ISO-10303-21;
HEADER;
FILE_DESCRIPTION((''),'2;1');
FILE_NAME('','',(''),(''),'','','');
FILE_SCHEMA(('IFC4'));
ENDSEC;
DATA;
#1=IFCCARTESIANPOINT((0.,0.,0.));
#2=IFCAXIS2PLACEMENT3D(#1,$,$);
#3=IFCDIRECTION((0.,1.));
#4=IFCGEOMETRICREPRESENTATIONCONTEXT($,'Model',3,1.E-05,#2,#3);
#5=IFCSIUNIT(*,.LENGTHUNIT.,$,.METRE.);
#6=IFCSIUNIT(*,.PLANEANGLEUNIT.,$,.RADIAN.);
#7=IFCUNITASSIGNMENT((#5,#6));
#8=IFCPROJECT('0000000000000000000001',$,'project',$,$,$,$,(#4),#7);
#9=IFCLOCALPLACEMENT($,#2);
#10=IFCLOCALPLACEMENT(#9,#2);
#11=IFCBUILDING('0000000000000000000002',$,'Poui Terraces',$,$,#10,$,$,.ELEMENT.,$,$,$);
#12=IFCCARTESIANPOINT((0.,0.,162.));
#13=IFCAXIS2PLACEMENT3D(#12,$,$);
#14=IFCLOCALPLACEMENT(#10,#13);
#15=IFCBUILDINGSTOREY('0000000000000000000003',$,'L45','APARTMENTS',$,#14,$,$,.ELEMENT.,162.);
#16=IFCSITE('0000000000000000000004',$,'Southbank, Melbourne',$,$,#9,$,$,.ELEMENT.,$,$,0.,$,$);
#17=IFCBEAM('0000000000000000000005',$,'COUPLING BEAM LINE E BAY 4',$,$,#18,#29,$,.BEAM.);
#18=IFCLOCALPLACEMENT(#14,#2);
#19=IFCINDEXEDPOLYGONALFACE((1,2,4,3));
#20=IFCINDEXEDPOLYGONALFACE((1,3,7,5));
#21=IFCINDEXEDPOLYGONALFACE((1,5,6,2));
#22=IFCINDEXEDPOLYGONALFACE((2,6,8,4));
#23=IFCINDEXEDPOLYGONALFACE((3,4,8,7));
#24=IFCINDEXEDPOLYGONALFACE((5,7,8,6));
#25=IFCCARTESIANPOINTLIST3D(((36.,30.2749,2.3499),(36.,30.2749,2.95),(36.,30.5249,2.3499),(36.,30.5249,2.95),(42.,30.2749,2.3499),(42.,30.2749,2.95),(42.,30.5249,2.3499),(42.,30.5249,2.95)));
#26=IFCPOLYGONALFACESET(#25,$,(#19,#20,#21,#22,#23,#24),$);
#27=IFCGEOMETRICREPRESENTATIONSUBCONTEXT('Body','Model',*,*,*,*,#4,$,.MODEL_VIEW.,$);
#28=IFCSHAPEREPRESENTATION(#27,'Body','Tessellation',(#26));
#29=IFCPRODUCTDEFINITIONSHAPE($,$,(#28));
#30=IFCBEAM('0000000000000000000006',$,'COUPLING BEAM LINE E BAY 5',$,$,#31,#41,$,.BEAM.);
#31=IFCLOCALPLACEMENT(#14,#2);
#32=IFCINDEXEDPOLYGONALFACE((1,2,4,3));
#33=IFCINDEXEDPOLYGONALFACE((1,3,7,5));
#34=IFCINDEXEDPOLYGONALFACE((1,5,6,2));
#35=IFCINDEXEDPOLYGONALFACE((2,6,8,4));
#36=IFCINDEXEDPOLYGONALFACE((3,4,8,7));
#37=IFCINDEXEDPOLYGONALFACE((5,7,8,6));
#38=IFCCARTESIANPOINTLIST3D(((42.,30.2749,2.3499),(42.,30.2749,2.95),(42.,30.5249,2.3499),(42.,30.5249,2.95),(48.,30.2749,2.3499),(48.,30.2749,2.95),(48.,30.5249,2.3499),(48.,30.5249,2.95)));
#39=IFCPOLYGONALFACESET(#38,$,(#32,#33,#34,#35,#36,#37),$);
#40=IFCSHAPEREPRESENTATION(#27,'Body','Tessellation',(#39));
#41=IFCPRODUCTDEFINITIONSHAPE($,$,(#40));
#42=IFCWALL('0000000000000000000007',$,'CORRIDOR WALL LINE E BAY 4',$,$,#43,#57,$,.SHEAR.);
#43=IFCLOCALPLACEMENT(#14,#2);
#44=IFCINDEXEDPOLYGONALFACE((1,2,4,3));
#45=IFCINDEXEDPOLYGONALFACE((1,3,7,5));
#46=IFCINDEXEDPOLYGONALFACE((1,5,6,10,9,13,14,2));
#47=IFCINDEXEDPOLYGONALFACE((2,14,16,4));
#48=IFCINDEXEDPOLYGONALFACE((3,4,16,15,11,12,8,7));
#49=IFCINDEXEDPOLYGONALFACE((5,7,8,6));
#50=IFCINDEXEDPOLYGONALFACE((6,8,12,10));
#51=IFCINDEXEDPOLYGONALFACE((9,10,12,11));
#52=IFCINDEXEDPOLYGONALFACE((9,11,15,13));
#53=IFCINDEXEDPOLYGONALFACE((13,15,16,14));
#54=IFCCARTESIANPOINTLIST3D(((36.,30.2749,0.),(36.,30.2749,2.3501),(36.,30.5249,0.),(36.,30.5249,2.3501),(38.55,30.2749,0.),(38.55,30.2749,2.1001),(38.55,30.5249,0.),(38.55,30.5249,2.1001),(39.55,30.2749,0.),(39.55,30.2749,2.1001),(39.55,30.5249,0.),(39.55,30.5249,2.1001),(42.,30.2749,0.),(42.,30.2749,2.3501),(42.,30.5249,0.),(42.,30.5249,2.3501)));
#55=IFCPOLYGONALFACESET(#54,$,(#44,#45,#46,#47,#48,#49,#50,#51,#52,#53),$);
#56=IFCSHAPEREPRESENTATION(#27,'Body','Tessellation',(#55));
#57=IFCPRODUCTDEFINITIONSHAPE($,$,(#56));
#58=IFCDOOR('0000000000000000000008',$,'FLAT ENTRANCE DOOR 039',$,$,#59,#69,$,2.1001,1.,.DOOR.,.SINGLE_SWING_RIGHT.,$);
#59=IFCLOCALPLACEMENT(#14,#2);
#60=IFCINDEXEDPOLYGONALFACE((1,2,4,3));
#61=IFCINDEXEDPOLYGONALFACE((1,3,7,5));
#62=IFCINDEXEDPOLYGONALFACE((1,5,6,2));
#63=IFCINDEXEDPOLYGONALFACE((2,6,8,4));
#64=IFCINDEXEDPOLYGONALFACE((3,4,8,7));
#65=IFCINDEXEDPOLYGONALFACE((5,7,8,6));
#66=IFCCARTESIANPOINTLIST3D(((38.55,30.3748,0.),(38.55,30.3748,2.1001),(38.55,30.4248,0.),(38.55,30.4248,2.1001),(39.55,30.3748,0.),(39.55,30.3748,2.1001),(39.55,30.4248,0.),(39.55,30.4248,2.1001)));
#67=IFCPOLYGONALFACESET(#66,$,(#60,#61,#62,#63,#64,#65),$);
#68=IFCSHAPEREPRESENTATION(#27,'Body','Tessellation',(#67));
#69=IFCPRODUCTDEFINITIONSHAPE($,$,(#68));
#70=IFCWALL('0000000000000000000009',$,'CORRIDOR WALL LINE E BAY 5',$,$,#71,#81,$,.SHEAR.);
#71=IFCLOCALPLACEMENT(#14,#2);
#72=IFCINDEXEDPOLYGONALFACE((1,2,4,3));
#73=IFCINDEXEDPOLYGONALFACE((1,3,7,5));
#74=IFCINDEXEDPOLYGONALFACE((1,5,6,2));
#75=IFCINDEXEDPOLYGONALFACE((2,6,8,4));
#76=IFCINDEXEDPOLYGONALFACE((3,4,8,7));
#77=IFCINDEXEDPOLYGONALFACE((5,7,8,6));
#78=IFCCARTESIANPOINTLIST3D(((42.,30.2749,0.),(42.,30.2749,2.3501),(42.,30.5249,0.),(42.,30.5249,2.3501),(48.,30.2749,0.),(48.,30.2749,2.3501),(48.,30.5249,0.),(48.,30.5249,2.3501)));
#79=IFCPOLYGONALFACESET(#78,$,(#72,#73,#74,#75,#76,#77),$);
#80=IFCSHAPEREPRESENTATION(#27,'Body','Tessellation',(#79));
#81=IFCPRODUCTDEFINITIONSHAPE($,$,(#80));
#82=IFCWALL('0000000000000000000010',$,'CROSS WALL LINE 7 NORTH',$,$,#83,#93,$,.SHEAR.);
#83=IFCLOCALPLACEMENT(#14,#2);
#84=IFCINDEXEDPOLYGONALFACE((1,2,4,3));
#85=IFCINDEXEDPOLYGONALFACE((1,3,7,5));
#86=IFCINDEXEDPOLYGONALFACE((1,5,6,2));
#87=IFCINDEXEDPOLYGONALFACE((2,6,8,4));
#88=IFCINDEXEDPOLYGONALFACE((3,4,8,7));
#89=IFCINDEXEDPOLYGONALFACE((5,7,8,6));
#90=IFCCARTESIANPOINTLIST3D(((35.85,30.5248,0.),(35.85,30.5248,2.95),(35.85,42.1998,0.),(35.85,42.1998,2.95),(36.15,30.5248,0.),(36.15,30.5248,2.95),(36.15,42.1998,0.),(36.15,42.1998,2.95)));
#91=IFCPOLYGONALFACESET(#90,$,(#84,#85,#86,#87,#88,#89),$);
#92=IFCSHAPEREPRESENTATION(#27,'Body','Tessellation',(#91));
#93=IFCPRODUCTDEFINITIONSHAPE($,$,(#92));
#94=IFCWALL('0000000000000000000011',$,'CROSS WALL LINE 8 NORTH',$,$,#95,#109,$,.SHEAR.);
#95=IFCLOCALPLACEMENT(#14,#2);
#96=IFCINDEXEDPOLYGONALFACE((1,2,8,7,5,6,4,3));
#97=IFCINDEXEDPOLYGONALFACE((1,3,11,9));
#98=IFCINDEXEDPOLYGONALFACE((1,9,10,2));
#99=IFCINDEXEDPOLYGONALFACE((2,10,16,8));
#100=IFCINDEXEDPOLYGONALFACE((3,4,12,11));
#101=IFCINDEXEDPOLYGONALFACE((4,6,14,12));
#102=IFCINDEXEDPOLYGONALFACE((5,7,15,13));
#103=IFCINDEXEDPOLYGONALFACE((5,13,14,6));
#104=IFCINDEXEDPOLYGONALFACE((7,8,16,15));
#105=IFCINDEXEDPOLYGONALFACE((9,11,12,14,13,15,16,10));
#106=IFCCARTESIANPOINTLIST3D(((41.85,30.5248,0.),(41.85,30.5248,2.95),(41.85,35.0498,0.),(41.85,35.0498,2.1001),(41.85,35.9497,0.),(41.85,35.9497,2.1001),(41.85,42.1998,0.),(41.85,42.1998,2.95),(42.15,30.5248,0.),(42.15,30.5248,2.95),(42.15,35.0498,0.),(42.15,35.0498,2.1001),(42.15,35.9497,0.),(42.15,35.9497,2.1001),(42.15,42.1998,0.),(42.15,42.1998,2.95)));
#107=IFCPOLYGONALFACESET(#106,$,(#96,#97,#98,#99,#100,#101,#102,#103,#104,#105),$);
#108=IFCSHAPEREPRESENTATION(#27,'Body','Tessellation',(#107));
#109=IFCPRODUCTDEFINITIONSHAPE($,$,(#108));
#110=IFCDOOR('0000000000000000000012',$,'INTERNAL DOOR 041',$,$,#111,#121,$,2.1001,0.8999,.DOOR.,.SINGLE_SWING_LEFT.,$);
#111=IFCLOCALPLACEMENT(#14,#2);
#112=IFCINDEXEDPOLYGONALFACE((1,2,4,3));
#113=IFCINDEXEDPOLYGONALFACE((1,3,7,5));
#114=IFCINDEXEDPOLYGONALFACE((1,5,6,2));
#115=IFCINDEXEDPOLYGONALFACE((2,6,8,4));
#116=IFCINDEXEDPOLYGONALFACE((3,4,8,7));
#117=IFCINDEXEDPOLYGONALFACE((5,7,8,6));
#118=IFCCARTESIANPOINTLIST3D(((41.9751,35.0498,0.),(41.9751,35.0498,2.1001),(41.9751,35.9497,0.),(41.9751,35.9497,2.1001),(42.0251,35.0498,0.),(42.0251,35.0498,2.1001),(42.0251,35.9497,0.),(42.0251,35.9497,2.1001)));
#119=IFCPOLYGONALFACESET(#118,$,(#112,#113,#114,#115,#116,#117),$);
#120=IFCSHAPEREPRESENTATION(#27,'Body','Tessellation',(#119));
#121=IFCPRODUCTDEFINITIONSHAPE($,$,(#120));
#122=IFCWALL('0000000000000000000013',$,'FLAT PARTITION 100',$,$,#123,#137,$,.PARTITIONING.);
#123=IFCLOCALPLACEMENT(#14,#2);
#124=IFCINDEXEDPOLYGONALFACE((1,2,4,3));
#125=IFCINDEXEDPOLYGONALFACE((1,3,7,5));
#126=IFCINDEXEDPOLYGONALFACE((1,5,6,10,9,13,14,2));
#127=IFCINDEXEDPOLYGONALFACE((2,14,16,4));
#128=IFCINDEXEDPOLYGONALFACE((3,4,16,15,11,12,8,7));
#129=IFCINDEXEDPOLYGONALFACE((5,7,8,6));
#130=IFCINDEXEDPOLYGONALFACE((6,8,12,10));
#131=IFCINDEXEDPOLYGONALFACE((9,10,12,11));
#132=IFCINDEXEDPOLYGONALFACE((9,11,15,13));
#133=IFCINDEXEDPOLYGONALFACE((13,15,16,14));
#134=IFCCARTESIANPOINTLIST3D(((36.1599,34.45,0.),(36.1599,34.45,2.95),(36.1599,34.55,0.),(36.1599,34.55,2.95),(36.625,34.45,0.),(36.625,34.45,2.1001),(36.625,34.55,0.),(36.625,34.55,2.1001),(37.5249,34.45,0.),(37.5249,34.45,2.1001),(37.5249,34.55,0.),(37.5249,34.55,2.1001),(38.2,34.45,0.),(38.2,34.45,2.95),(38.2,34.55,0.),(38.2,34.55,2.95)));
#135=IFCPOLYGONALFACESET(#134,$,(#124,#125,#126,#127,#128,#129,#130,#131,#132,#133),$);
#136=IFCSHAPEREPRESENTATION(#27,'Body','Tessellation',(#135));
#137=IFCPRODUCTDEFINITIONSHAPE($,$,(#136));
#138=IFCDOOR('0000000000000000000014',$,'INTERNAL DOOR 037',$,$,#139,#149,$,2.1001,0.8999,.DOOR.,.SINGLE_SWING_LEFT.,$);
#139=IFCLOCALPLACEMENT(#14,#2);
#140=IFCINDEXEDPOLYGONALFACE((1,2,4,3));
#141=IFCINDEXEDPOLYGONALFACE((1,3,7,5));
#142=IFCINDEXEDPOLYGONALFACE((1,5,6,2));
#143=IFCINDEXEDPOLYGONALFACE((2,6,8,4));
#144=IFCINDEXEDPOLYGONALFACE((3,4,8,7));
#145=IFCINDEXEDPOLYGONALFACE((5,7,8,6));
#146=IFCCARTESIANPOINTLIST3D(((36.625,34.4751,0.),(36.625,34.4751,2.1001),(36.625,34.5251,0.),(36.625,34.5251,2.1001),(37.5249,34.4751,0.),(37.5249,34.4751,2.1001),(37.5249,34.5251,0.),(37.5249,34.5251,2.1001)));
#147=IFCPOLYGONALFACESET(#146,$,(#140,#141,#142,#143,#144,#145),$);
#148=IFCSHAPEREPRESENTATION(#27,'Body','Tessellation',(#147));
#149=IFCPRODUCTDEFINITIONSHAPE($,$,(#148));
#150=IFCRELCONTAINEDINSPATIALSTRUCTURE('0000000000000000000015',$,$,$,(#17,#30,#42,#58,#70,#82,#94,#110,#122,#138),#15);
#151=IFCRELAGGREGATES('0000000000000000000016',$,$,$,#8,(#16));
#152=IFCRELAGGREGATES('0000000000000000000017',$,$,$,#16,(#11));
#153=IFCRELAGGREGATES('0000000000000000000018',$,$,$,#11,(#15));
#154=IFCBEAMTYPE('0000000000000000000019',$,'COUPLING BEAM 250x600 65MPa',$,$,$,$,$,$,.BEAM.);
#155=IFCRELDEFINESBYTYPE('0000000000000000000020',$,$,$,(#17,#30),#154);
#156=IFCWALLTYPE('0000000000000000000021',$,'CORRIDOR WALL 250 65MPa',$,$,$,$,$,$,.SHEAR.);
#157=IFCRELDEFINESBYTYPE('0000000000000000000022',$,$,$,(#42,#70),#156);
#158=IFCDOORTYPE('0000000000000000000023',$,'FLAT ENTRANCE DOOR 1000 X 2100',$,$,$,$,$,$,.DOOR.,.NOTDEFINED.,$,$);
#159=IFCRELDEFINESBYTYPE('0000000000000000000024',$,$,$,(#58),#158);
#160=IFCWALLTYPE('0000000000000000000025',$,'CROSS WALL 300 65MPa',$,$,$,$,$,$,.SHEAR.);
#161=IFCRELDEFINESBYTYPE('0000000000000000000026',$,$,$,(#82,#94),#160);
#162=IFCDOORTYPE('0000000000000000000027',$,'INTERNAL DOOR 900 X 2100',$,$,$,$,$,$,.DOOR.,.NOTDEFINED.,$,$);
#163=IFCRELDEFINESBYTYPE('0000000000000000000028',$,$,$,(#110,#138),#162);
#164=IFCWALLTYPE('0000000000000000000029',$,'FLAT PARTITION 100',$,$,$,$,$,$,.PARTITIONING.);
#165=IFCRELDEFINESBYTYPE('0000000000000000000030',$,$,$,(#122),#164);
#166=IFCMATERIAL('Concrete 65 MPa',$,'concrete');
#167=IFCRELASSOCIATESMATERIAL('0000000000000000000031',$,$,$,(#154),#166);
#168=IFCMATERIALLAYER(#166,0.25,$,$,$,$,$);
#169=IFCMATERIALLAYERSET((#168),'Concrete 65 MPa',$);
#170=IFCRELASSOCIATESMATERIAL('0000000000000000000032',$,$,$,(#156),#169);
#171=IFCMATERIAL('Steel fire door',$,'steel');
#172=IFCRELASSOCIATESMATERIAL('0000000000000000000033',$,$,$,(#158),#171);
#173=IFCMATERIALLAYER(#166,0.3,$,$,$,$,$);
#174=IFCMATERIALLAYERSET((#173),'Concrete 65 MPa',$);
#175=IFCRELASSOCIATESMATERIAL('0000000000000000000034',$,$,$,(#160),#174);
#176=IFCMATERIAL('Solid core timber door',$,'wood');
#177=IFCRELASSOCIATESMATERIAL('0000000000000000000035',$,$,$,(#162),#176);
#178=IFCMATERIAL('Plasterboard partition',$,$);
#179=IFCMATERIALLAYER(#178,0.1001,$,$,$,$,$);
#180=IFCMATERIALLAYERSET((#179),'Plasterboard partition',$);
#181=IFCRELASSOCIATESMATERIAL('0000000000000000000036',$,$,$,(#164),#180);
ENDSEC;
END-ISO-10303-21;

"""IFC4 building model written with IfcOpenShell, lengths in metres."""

from ifc_helpers import new_model, si_unit, direction, frame, frame_2d, origin, origin_2d, place, context, subcontext, project, spatial, rectangle, extrude, source, transform, mapped, material, layer, layer_set, material_profile, profile_set, type_object, element, fill, save


model = new_model("IFC4")

# Units and contexts
model_context = context("Model", 3, precision=1e-05, world=origin(), true_north=direction((0.0, 1.0)))
body_context = subcontext(model_context, "Body", "Model", "MODEL_VIEW")
ifc_project = project(units=[si_unit("LENGTHUNIT", "METRE"), si_unit("PLANEANGLEUNIT", "RADIAN")], contexts=[model_context])

# Site, building, storey
site_placement = place(None, origin())
site = spatial("IfcSite", under=ifc_project, at=site_placement, Name="Southbank, Melbourne", CompositionType="ELEMENT", RefElevation=0.0)
building_placement = place(site_placement, origin())
building = spatial("IfcBuilding", under=site, at=building_placement, Name="Poui Terraces", CompositionType="ELEMENT")
storey_placement = place(building_placement, frame((0.0, 0.0, 162.0)))
storey = spatial("IfcBuildingStorey", under=building, at=storey_placement, Name="L45", Description="APARTMENTS", CompositionType="ELEMENT", Elevation=162.0)

# Beams
ifc_material_1 = material(Name="Concrete 65 MPa", Category="concrete")
ifc_material_profile_1 = material_profile(ifc_material_1, rectangle(XDim=0.25, YDim=0.6001, at=origin_2d()), Name="RC 250x600")
ifc_profile_set_1 = profile_set([ifc_material_profile_1], Name="Concrete 65 MPa")
beam_type = type_object("IfcBeamType", Name="COUPLING BEAM 250x600 65MPa", PredefinedType="BEAM", material=ifc_profile_set_1)
shared_shape_1 = source(origin(), body_context, "Body", "SweptSolid", [
    extrude(rectangle(XDim=0.25, YDim=0.6001, at=origin_2d()), origin(), (0.0, 0.0, 1.0), 6.0),
])
for number, where, z_axis, x_axis, name in (
    (1, (36.0, 30.3999, 2.6499), (1.0, 0.0, 0.0), (0.0, 1.0, 0.0), "COUPLING BEAM LINE E BAY 4"),
    (2, (42.0, 30.3999, 2.6499), (1.0, 0.0, 0.0), (0.0, 1.0, 0.0), "COUPLING BEAM LINE E BAY 5"),
):
    element("IfcBeam", number, at=place(storey_placement, frame(where, z_axis=z_axis, x_axis=x_axis)), inside=storey, type_object=beam_type, Name=name, PredefinedType="BEAM", context=body_context, shape_type="MappedRepresentation", body=[
        mapped(shared_shape_1, transform((0.0, 0.0, 0.0))),
    ])

# Wall, opening, door
ifc_layer_1 = layer(ifc_material_1, 0.25)
ifc_layer_set_1 = layer_set([ifc_layer_1], Name="Concrete 65 MPa")
wall_type_1 = type_object("IfcWallType", Name="CORRIDOR WALL 250 65MPa", PredefinedType="SHEAR", material=ifc_layer_set_1)
wall_1_placement = place(storey_placement, frame((36.0, 30.3999, 0.0), z_axis=(0.0, 0.0, 1.0), x_axis=(1.0, 0.0, 0.0)))
wall_1 = element("IfcWall", 3, at=wall_1_placement, inside=storey, type_object=wall_type_1, Name="CORRIDOR WALL LINE E BAY 4", PredefinedType="SHEAR", context=body_context, shape_type="SweptSolid", body=[
    extrude(rectangle(XDim=6.0, YDim=0.25, at=frame_2d((3.0, 0.0))), origin(), (0.0, 0.0, 1.0), 2.3501),
])
opening_1_placement = place(wall_1_placement, frame((2.55, 0.0, 0.0)))
opening_1 = element("IfcOpeningElement", 4, at=opening_1_placement, cuts=wall_1, PredefinedType="OPENING", context=body_context, shape_type="SweptSolid", body=[
    extrude(rectangle(XDim=1.0, YDim=2.1001, at=frame_2d((0.5, 1.05))), frame((0.0, 0.135, 0.0), z_axis=(0.0, -1.0, 0.0), x_axis=(1.0, 0.0, 0.0)), (0.0, 0.0, 1.0), 0.27),
])
ifc_material_2 = material(Name="Steel fire door", Category="steel")
door_type_1 = type_object("IfcDoorType", Name="FLAT ENTRANCE DOOR 1000 X 2100", OperationType="NOTDEFINED", PredefinedType="DOOR", material=ifc_material_2)
door_1_placement = place(opening_1_placement, origin())
door_1 = element("IfcDoor", 5, at=door_1_placement, inside=storey, type_object=door_type_1, Name="FLAT ENTRANCE DOOR 039", OperationType="SINGLE_SWING_RIGHT", OverallHeight=2.1001, OverallWidth=1.0, PredefinedType="DOOR", context=body_context, shape_type="SweptSolid", body=[
    extrude(rectangle(XDim=1.0, YDim=2.1001, at=frame_2d((0.5, 1.05))), frame((0.0, 0.0249, 0.0), z_axis=(0.0, -1.0, 0.0), x_axis=(1.0, 0.0, 0.0)), (0.0, 0.0, 1.0), 0.05),
])
fill(opening_1, door_1)

# Walls
wall_2_placement = place(storey_placement, frame((42.0, 30.3999, 0.0), z_axis=(0.0, 0.0, 1.0), x_axis=(1.0, 0.0, 0.0)))
element("IfcWall", 6, at=wall_2_placement, inside=storey, type_object=wall_type_1, Name="CORRIDOR WALL LINE E BAY 5", PredefinedType="SHEAR", context=body_context, shape_type="SweptSolid", body=[
    extrude(rectangle(XDim=6.0, YDim=0.25, at=frame_2d((3.0, 0.0))), origin(), (0.0, 0.0, 1.0), 2.3501),
])
ifc_layer_2 = layer(ifc_material_1, 0.3)
ifc_layer_set_2 = layer_set([ifc_layer_2], Name="Concrete 65 MPa")
wall_type_2 = type_object("IfcWallType", Name="CROSS WALL 300 65MPa", PredefinedType="SHEAR", material=ifc_layer_set_2)
wall_3_placement = place(storey_placement, frame((36.0, 30.5249, 0.0), z_axis=(0.0, 0.0, 1.0), x_axis=(0.0, 1.0, 0.0)))
element("IfcWall", 7, at=wall_3_placement, inside=storey, type_object=wall_type_2, Name="CROSS WALL LINE 7 NORTH", PredefinedType="SHEAR", context=body_context, shape_type="SweptSolid", body=[
    extrude(rectangle(XDim=11.675, YDim=0.3, at=frame_2d((5.8374, 0.0))), origin(), (0.0, 0.0, 1.0), 2.95),
])

# Walls, openings, doors
wall_4_placement = place(storey_placement, frame((42.0, 30.5249, 0.0), z_axis=(0.0, 0.0, 1.0), x_axis=(0.0, 1.0, 0.0)))
wall_4 = element("IfcWall", 8, at=wall_4_placement, inside=storey, type_object=wall_type_2, Name="CROSS WALL LINE 8 NORTH", PredefinedType="SHEAR", context=body_context, shape_type="SweptSolid", body=[
    extrude(rectangle(XDim=11.675, YDim=0.3, at=frame_2d((5.8374, 0.0))), origin(), (0.0, 0.0, 1.0), 2.95),
])
opening_2_placement = place(wall_4_placement, frame((4.5249, 0.0, 0.0)))
opening_2 = element("IfcOpeningElement", 9, at=opening_2_placement, cuts=wall_4, PredefinedType="OPENING", context=body_context, shape_type="SweptSolid", body=[
    extrude(rectangle(XDim=0.8999, YDim=2.1001, at=frame_2d((0.45, 1.05))), frame((0.0, 0.1602, 0.0), z_axis=(0.0, -1.0, 0.0), x_axis=(1.0, 0.0, 0.0)), (0.0, 0.0, 1.0), 0.3201),
])
ifc_material_3 = material(Name="Solid core timber door", Category="wood")
door_type_2 = type_object("IfcDoorType", Name="INTERNAL DOOR 900 X 2100", OperationType="NOTDEFINED", PredefinedType="DOOR", material=ifc_material_3)
door_2_placement = place(opening_2_placement, origin())
door_2 = element("IfcDoor", 10, at=door_2_placement, inside=storey, type_object=door_type_2, Name="INTERNAL DOOR 041", OperationType="SINGLE_SWING_LEFT", OverallHeight=2.1001, OverallWidth=0.8999, PredefinedType="DOOR", context=body_context, shape_type="SweptSolid", body=[
    extrude(rectangle(XDim=0.8999, YDim=2.1001, at=frame_2d((0.45, 1.05))), frame((0.0, 0.0249, 0.0), z_axis=(0.0, -1.0, 0.0), x_axis=(1.0, 0.0, 0.0)), (0.0, 0.0, 1.0), 0.05),
])
fill(opening_2, door_2)
ifc_material_4 = material(Name="Plasterboard partition")
ifc_layer_3 = layer(ifc_material_4, 0.1001)
ifc_layer_set_3 = layer_set([ifc_layer_3], Name="Plasterboard partition")
wall_type_3 = type_object("IfcWallType", Name="FLAT PARTITION 100", PredefinedType="PARTITIONING", material=ifc_layer_set_3)
wall_5_placement = place(storey_placement, frame((36.1599, 34.5, 0.0), z_axis=(0.0, 0.0, 1.0), x_axis=(1.0, 0.0, 0.0)))
wall_5 = element("IfcWall", 11, at=wall_5_placement, inside=storey, type_object=wall_type_3, Name="FLAT PARTITION 100", PredefinedType="PARTITIONING", context=body_context, shape_type="SweptSolid", body=[
    extrude(rectangle(XDim=2.04, YDim=0.1001, at=frame_2d((1.02, 0.0))), origin(), (0.0, 0.0, 1.0), 2.95),
])
opening_3_placement = place(wall_5_placement, frame((0.4651, 0.0, 0.0)))
opening_3 = element("IfcOpeningElement", 12, at=opening_3_placement, cuts=wall_5, PredefinedType="OPENING", context=body_context, shape_type="SweptSolid", body=[
    extrude(rectangle(XDim=0.8999, YDim=2.1001, at=frame_2d((0.45, 1.05))), frame((0.0, 0.0601, 0.0), z_axis=(0.0, -1.0, 0.0), x_axis=(1.0, 0.0, 0.0)), (0.0, 0.0, 1.0), 0.1201),
])
door_3_placement = place(opening_3_placement, frame((0.8999, 0.0, 0.0), z_axis=(0.0, 0.0, 1.0), x_axis=(-1.0, 0.0, 0.0)))
door_3 = element("IfcDoor", 13, at=door_3_placement, inside=storey, type_object=door_type_2, Name="INTERNAL DOOR 037", OperationType="SINGLE_SWING_LEFT", OverallHeight=2.1001, OverallWidth=0.8999, PredefinedType="DOOR", context=body_context, shape_type="SweptSolid", body=[
    extrude(rectangle(XDim=0.8999, YDim=2.1001, at=frame_2d((0.45, 1.05))), frame((0.0, 0.0249, 0.0), z_axis=(0.0, -1.0, 0.0), x_axis=(1.0, 0.0, 0.0)), (0.0, 0.0, 1.0), 0.05),
])
fill(opening_3, door_3)

save(model, "model.ifc")
